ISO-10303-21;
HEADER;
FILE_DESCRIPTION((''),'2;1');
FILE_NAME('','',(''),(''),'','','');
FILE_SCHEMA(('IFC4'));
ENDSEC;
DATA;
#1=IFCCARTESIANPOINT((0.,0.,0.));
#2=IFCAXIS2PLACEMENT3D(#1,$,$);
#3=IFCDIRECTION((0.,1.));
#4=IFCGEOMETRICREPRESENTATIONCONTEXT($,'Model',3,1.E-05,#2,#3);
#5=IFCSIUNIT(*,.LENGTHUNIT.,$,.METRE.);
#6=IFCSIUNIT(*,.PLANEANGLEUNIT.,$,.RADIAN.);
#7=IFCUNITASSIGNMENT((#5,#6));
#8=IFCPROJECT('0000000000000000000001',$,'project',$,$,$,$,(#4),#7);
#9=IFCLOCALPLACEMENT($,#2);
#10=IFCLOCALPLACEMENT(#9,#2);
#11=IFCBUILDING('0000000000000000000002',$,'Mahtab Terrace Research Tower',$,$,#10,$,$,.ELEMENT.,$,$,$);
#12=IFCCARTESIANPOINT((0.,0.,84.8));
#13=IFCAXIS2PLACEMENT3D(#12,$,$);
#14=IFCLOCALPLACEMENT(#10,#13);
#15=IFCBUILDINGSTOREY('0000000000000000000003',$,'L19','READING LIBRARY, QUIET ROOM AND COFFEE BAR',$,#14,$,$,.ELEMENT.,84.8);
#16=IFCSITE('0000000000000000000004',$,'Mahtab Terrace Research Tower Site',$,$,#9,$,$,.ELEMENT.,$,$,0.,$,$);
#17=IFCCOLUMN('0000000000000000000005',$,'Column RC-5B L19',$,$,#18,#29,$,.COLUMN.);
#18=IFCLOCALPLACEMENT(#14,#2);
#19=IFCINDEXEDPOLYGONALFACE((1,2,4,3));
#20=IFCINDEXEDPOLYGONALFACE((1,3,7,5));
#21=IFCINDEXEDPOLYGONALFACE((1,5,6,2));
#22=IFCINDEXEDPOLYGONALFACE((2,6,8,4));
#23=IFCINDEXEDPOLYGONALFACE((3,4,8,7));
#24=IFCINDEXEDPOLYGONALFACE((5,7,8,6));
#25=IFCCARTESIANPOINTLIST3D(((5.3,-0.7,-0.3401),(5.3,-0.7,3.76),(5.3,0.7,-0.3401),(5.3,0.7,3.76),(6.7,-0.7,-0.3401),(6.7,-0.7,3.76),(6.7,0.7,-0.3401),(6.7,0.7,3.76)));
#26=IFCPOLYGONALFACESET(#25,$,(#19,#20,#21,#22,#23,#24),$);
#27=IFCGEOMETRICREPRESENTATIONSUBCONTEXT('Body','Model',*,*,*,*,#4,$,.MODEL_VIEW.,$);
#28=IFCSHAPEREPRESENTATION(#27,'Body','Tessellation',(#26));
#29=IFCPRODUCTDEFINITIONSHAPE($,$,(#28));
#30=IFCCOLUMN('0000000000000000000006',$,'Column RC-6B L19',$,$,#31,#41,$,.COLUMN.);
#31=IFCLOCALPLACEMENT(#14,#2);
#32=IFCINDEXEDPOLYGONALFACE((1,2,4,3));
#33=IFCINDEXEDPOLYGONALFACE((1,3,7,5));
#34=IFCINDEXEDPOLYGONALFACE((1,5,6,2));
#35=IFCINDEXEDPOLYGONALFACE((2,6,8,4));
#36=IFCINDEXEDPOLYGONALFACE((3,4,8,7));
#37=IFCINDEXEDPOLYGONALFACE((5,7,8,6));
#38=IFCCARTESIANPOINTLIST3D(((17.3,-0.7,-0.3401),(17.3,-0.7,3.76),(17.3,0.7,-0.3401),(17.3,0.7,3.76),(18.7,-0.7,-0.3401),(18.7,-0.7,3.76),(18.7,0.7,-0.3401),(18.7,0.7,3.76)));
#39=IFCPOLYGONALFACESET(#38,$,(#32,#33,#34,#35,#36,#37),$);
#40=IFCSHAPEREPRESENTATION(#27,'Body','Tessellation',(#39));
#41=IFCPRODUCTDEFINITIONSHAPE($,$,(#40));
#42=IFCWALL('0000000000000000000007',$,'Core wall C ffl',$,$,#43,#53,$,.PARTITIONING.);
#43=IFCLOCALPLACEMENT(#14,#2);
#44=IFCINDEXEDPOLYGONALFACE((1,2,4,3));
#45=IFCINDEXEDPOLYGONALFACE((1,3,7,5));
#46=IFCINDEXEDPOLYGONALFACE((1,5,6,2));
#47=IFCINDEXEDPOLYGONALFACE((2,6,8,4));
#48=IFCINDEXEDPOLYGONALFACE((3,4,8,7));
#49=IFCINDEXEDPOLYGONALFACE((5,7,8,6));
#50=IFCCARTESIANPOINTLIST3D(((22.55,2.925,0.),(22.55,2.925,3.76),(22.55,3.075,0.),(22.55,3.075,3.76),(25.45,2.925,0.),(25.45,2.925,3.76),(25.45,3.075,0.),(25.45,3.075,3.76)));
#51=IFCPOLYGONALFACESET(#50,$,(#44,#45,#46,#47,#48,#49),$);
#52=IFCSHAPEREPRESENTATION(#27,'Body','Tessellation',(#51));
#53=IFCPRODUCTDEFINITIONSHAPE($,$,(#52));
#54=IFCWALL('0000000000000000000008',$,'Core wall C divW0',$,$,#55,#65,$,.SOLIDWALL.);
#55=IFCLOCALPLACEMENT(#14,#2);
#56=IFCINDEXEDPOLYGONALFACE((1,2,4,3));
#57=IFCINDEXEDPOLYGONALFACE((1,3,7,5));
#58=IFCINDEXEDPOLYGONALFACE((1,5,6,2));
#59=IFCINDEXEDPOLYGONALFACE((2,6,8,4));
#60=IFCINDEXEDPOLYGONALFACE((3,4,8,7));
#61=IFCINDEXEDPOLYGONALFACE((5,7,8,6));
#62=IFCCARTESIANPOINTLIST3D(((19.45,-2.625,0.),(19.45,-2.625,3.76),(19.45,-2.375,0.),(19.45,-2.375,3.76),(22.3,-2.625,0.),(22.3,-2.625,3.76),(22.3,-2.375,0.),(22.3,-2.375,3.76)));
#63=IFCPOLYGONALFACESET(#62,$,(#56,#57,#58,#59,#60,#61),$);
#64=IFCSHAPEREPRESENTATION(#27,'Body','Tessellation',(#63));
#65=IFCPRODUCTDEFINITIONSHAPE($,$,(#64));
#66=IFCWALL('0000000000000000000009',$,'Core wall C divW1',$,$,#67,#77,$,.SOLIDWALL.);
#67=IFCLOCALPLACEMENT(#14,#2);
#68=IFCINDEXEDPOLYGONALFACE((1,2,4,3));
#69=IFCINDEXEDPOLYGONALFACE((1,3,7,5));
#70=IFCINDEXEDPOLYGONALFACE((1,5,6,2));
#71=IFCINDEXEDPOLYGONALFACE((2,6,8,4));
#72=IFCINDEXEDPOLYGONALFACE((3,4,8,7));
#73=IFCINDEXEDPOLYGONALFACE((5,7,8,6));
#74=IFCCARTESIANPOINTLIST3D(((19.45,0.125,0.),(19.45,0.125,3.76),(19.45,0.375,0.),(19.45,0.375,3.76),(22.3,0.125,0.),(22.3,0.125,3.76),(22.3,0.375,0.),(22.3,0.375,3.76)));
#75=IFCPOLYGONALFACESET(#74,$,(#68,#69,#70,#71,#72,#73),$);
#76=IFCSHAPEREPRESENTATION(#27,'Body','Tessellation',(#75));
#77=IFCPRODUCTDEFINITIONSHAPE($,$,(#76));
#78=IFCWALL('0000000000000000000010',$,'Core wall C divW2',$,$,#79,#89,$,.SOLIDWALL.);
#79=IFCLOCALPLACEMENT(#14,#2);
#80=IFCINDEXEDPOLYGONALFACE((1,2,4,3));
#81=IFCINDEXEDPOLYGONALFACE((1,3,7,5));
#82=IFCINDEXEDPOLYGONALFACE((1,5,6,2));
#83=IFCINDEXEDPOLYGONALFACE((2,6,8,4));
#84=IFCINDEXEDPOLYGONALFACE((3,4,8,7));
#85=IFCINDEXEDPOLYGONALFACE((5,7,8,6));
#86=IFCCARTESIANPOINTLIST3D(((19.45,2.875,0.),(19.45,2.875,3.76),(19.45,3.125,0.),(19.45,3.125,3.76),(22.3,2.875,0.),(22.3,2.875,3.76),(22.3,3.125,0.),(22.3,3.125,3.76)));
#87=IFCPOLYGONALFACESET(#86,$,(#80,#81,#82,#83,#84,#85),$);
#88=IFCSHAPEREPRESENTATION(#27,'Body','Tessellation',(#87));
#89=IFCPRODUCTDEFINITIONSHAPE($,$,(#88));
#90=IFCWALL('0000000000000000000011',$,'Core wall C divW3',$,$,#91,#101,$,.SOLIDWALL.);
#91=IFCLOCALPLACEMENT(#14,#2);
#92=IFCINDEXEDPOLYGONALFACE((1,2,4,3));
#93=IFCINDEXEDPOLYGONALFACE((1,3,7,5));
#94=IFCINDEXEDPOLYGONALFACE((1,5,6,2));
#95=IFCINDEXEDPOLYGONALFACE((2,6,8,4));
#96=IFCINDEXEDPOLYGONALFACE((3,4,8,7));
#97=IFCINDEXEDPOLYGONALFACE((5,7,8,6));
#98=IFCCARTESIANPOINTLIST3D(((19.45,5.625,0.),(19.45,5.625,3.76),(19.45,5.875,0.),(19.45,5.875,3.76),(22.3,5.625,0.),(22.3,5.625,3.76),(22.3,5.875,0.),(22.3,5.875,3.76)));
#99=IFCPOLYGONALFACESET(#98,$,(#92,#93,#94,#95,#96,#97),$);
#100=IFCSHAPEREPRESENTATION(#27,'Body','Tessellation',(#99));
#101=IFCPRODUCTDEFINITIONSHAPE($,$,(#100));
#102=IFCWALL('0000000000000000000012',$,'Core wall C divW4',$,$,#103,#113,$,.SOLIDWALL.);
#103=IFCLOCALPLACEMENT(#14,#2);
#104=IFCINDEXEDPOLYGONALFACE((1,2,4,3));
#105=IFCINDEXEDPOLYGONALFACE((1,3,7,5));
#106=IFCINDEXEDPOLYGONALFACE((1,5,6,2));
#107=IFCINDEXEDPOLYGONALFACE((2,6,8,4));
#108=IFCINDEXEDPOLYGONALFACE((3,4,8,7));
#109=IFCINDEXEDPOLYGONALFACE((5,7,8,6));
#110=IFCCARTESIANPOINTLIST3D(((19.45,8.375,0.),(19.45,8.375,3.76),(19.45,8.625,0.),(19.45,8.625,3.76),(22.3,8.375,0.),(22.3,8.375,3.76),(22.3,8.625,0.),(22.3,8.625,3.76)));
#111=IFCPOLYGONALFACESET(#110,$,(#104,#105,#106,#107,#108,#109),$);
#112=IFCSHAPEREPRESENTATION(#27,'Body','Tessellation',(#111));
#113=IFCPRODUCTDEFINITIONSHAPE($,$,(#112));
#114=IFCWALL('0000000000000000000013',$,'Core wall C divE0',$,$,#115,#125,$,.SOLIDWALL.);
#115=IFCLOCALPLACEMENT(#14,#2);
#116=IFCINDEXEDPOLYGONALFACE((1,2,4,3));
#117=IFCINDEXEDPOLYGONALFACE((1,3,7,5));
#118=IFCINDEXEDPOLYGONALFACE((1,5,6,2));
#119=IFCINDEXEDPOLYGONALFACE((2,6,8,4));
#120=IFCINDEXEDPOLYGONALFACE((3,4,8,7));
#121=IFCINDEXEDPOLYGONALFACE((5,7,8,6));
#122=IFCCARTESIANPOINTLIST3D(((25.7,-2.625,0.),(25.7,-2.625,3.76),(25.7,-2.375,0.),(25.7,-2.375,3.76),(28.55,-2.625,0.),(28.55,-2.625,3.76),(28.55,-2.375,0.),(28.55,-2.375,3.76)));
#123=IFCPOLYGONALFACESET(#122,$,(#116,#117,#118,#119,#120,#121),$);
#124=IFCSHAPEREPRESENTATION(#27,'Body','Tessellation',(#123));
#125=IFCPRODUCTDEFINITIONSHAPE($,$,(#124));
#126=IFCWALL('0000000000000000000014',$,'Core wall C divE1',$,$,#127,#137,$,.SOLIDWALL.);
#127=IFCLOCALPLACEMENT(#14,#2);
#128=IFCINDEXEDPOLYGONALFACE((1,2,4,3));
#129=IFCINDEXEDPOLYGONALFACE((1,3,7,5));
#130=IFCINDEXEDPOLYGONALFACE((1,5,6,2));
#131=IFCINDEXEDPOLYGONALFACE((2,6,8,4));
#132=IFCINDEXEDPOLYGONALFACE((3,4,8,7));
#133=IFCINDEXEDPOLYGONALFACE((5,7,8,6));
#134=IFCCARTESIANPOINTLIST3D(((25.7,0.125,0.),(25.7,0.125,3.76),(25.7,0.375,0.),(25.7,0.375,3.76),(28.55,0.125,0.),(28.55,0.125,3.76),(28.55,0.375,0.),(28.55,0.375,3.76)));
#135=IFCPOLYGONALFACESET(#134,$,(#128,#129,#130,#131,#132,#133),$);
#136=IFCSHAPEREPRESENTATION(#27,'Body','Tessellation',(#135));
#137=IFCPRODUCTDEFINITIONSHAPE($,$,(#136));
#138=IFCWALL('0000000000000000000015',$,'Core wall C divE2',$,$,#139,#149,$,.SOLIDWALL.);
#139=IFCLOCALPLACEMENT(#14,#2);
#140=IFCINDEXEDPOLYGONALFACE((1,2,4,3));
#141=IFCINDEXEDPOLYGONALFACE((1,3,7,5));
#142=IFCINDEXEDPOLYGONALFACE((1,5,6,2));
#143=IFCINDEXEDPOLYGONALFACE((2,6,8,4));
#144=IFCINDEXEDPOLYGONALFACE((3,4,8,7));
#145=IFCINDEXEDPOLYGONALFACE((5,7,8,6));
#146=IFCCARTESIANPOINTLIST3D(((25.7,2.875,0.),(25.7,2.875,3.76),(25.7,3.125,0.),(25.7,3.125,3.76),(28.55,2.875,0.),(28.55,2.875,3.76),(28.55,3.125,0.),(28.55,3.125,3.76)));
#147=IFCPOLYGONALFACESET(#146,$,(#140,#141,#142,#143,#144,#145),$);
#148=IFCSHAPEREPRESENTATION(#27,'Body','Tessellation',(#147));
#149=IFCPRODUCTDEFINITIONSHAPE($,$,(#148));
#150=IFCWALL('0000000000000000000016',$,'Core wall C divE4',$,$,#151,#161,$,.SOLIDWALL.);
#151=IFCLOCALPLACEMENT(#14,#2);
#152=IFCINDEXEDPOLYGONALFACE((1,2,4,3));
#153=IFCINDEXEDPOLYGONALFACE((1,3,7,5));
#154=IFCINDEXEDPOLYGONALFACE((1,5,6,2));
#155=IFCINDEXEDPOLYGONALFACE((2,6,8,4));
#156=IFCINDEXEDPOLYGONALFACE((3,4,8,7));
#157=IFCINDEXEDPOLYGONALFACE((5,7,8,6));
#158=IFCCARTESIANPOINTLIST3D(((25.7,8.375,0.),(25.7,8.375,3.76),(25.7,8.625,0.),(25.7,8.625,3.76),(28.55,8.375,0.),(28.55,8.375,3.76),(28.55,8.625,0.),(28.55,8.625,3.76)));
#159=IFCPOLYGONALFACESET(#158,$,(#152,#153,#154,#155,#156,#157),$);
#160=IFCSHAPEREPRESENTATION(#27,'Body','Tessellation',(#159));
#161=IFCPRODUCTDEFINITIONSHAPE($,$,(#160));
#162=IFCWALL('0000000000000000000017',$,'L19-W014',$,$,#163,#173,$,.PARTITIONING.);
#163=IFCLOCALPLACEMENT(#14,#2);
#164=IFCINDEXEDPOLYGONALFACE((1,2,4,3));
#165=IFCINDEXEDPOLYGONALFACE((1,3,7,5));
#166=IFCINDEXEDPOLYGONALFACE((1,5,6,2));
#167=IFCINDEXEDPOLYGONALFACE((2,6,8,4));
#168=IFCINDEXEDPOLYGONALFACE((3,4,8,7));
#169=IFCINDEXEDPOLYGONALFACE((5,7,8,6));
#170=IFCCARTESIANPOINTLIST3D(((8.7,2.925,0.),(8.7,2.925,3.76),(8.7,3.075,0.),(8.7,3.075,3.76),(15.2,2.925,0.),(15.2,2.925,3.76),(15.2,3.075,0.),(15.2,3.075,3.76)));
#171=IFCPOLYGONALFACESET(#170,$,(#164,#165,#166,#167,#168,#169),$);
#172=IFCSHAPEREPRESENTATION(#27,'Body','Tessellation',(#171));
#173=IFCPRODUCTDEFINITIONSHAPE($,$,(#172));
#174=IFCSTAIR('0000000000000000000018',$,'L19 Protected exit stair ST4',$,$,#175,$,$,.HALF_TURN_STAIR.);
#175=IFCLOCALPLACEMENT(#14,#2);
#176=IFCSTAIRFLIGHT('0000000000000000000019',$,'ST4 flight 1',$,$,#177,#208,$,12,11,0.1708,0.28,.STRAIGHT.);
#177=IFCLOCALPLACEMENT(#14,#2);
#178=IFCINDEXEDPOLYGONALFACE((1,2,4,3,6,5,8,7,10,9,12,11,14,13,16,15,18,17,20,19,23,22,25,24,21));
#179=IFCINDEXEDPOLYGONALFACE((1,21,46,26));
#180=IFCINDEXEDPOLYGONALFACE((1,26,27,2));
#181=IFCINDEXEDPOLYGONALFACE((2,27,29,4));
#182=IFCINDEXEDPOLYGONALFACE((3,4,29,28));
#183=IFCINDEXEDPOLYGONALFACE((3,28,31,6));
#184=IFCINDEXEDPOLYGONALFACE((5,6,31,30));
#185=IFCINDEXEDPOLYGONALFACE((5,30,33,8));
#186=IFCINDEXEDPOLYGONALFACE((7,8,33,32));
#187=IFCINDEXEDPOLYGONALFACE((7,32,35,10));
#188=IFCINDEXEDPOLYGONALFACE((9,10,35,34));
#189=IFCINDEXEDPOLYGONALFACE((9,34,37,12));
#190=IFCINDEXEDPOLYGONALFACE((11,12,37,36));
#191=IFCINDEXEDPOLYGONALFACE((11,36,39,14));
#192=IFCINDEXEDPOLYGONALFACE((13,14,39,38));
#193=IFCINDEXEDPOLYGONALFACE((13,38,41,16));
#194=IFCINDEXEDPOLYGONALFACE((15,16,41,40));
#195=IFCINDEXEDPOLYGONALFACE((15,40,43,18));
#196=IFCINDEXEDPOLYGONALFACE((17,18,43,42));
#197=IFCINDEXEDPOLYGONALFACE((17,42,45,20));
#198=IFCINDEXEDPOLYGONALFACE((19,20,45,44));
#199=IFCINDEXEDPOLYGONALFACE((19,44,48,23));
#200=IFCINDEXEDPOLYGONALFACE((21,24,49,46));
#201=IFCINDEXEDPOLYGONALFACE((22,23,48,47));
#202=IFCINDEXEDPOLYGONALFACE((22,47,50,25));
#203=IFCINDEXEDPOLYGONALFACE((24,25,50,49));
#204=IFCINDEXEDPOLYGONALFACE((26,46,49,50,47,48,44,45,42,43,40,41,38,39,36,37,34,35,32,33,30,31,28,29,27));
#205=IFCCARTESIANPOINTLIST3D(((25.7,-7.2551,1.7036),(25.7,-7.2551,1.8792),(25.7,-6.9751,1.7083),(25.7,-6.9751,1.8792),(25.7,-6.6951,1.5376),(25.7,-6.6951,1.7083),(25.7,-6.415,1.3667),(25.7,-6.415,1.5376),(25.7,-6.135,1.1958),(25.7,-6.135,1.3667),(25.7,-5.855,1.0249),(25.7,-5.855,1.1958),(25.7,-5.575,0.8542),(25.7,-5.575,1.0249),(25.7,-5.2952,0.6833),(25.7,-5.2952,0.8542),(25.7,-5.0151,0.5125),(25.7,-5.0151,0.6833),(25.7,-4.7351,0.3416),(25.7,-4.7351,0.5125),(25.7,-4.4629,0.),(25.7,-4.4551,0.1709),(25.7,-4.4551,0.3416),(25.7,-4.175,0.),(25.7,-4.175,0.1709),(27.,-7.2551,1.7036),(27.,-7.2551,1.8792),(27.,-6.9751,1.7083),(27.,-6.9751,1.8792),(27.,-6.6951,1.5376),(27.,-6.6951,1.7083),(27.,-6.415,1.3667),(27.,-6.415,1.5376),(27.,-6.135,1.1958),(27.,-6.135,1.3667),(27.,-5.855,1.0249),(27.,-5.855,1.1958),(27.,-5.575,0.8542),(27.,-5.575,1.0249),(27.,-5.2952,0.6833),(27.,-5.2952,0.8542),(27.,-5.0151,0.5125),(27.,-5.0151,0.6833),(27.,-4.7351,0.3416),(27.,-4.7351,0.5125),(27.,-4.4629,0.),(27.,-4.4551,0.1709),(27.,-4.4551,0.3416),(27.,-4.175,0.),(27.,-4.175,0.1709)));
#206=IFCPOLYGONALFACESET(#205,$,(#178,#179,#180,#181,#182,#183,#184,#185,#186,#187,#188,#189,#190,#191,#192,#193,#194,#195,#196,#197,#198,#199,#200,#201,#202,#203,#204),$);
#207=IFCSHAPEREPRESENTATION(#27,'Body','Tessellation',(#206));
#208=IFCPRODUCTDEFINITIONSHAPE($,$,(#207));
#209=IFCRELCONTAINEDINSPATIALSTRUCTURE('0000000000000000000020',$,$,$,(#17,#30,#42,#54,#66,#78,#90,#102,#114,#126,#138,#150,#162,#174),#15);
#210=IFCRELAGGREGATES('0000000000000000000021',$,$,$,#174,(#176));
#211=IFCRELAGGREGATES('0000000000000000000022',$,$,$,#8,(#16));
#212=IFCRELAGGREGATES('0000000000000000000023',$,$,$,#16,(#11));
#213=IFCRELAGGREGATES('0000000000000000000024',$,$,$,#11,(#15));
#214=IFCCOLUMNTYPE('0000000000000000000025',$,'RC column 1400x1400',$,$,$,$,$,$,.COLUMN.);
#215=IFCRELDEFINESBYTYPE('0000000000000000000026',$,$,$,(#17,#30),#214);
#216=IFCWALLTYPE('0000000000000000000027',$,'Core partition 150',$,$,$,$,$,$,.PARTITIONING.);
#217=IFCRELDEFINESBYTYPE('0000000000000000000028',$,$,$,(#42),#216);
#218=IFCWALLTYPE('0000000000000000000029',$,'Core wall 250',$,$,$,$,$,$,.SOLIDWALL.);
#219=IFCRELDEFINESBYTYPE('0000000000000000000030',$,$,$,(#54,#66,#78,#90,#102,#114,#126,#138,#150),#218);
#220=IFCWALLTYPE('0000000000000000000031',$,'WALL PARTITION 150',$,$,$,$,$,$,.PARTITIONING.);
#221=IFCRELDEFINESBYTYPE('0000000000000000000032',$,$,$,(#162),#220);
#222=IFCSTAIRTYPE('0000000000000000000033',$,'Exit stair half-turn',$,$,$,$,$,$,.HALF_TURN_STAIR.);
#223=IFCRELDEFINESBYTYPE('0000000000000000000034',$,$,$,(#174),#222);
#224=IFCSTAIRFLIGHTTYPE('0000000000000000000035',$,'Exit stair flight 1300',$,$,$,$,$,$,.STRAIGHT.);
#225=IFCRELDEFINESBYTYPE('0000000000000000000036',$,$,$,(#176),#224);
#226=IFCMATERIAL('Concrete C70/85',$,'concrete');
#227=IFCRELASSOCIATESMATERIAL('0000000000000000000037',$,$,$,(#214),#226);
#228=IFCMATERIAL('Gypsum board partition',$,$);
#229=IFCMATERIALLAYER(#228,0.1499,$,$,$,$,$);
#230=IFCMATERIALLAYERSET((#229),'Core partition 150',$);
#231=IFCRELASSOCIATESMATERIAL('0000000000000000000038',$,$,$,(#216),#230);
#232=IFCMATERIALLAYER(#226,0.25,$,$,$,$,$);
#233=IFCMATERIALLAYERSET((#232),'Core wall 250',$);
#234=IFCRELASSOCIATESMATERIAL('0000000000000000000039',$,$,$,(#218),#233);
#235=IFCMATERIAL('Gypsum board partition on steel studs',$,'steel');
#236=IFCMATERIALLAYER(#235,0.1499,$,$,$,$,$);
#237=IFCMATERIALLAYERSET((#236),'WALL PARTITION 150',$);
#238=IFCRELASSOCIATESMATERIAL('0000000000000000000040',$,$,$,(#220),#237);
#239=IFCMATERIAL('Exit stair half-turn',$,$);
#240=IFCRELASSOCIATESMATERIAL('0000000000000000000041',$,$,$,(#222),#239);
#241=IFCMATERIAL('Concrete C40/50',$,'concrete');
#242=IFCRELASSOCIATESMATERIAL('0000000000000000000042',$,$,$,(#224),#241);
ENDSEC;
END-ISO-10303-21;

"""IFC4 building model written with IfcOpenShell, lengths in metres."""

from ifc_helpers import new_model, si_unit, direction, frame, frame_2d, origin, origin_2d, place, context, subcontext, project, spatial, polyline, rectangle, outline, extrude, material, layer, layer_set, material_profile, profile_set, type_object, element, aggregate, save


model = new_model("IFC4")

# Units and contexts
model_context = context("Model", 3, precision=1e-05, world=origin(), true_north=direction((0.0, 1.0)))
body_context = subcontext(model_context, "Body", "Model", "MODEL_VIEW")
ifc_project = project(units=[si_unit("LENGTHUNIT", "METRE"), si_unit("PLANEANGLEUNIT", "RADIAN")], contexts=[model_context])

# Site, building, storey
site_placement = place(None, origin())
site = spatial("IfcSite", under=ifc_project, at=site_placement, Name="Mahtab Terrace Research Tower Site", CompositionType="ELEMENT", RefElevation=0.0)
building_placement = place(site_placement, origin())
building = spatial("IfcBuilding", under=site, at=building_placement, Name="Mahtab Terrace Research Tower", CompositionType="ELEMENT")
storey_placement = place(building_placement, frame((0.0, 0.0, 84.8)))
storey = spatial("IfcBuildingStorey", under=building, at=storey_placement, Name="L19", Description="READING LIBRARY, QUIET ROOM AND COFFEE BAR", CompositionType="ELEMENT", Elevation=84.8)

# Columns
ifc_material_1 = material(Name="Concrete C70/85", Category="concrete")
ifc_material_profile = material_profile(ifc_material_1, rectangle(XDim=1.3999, YDim=1.3999, at=origin_2d()), Name="RC column 1400x1400")
ifc_profile_set = profile_set([ifc_material_profile], Name="Concrete C70/85")
column_type = type_object("IfcColumnType", Name="RC column 1400x1400", PredefinedType="COLUMN", material=ifc_profile_set)
for number, where, z_axis, x_axis, name in (
    (1, (6.0, 0.0, -0.3401), (0.0, 0.0, 1.0), (1.0, 0.0, 0.0), "Column RC-5B L19"),
    (2, (18.0, 0.0, -0.3401), (0.0, 0.0, 1.0), (1.0, 0.0, 0.0), "Column RC-6B L19"),
):
    element("IfcColumn", number, at=place(storey_placement, frame(where, z_axis=z_axis, x_axis=x_axis)), inside=storey, type_object=column_type, Name=name, PredefinedType="COLUMN", context=body_context, shape_type="SweptSolid", body=[
        extrude(rectangle(XDim=1.3999, YDim=1.3999, at=origin_2d()), origin(), (0.0, 0.0, 1.0), 4.1001),
    ])

# Walls
ifc_material_2 = material(Name="Gypsum board partition")
ifc_layer_1 = layer(ifc_material_2, 0.1499)
ifc_layer_set_1 = layer_set([ifc_layer_1], Name="Core partition 150")
wall_type_1 = type_object("IfcWallType", Name="Core partition 150", PredefinedType="PARTITIONING", material=ifc_layer_set_1)
wall_1_placement = place(storey_placement, frame((22.55, 3.0, 0.0), z_axis=(0.0, 0.0, 1.0), x_axis=(1.0, 0.0, 0.0)))
element("IfcWall", 3, at=wall_1_placement, inside=storey, type_object=wall_type_1, Name="Core wall C ffl", PredefinedType="PARTITIONING", context=body_context, shape_type="SweptSolid", body=[
    extrude(rectangle(XDim=2.8999, YDim=0.1499, at=frame_2d((1.45, 0.0))), origin(), (0.0, 0.0, 1.0), 3.76),
])
ifc_layer_2 = layer(ifc_material_1, 0.25)
ifc_layer_set_2 = layer_set([ifc_layer_2], Name="Core wall 250")
wall_type_2 = type_object("IfcWallType", Name="Core wall 250", PredefinedType="SOLIDWALL", material=ifc_layer_set_2)
for number, where, z_axis, x_axis, name in (
    (4, (19.45, -2.5, 0.0), (0.0, 0.0, 1.0), (1.0, 0.0, 0.0), "Core wall C divW0"),
    (5, (19.45, 0.25, 0.0), (0.0, 0.0, 1.0), (1.0, 0.0, 0.0), "Core wall C divW1"),
    (6, (19.45, 3.0, 0.0), (0.0, 0.0, 1.0), (1.0, 0.0, 0.0), "Core wall C divW2"),
    (7, (19.45, 5.75, 0.0), (0.0, 0.0, 1.0), (1.0, 0.0, 0.0), "Core wall C divW3"),
    (8, (19.45, 8.5, 0.0), (0.0, 0.0, 1.0), (1.0, 0.0, 0.0), "Core wall C divW4"),
    (9, (25.7, -2.5, 0.0), (0.0, 0.0, 1.0), (1.0, 0.0, 0.0), "Core wall C divE0"),
    (10, (25.7, 0.25, 0.0), (0.0, 0.0, 1.0), (1.0, 0.0, 0.0), "Core wall C divE1"),
    (11, (25.7, 3.0, 0.0), (0.0, 0.0, 1.0), (1.0, 0.0, 0.0), "Core wall C divE2"),
    (12, (25.7, 8.5, 0.0), (0.0, 0.0, 1.0), (1.0, 0.0, 0.0), "Core wall C divE4"),
):
    element("IfcWall", number, at=place(storey_placement, frame(where, z_axis=z_axis, x_axis=x_axis)), inside=storey, type_object=wall_type_2, Name=name, PredefinedType="SOLIDWALL", context=body_context, shape_type="SweptSolid", body=[
        extrude(rectangle(XDim=2.8501, YDim=0.25, at=frame_2d((1.425, 0.0))), origin(), (0.0, 0.0, 1.0), 3.76),
    ])
ifc_material_3 = material(Name="Gypsum board partition on steel studs", Category="steel")
ifc_layer_3 = layer(ifc_material_3, 0.1499)
ifc_layer_set_3 = layer_set([ifc_layer_3], Name="WALL PARTITION 150")
wall_type_3 = type_object("IfcWallType", Name="WALL PARTITION 150", PredefinedType="PARTITIONING", material=ifc_layer_set_3)
wall_2_placement = place(storey_placement, frame((8.7, 3.0, 0.0), z_axis=(0.0, 0.0, 1.0), x_axis=(1.0, 0.0, 0.0)))
element("IfcWall", 13, at=wall_2_placement, inside=storey, type_object=wall_type_3, Name="L19-W014", PredefinedType="PARTITIONING", context=body_context, shape_type="SweptSolid", body=[
    extrude(rectangle(XDim=6.5, YDim=0.1499, at=frame_2d((3.25, 0.0))), origin(), (0.0, 0.0, 1.0), 3.76),
])

# Stair, stair flight
ifc_material_4 = material(Name="Exit stair half-turn")
stair_type = type_object("IfcStairType", Name="Exit stair half-turn", PredefinedType="HALF_TURN_STAIR", material=ifc_material_4)
stair_placement = place(storey_placement, origin())
stair = element("IfcStair", 14, at=stair_placement, inside=storey, type_object=stair_type, Name="L19 Protected exit stair ST4", PredefinedType="HALF_TURN_STAIR")
ifc_material_5 = material(Name="Concrete C40/50", Category="concrete")
stair_flight_type = type_object("IfcStairFlightType", Name="Exit stair flight 1300", PredefinedType="STRAIGHT", material=ifc_material_5)
stair_flight_placement = place(storey_placement, frame((26.3501, -4.175, 0.0), z_axis=(0.0, 0.0, 1.0), x_axis=(0.0, -1.0, 0.0)))
stair_flight = element("IfcStairFlight", 15, at=stair_flight_placement, type_object=stair_flight_type, Name="ST4 flight 1", NumberOfRisers=12, NumberOfTreads=11, PredefinedType="STRAIGHT", RiserHeight=0.1708, TreadLength=0.28, context=body_context, shape_type="SweptSolid", body=[
    extrude(outline(polyline([(0.0, 0.0), (0.0, 0.1709), (0.28, 0.1709), (0.28, 0.3416), (0.5601, 0.3416), (0.5601, 0.5125), (0.8401, 0.5125), (0.8401, 0.6833), (1.1201, 0.6833), (1.1201, 0.8542), (1.3999, 0.8542), (1.3999, 1.0249), (1.6799, 1.0249), (1.6799, 1.1958), (1.96, 1.1958), (1.96, 1.3667), (2.24, 1.3667), (2.24, 1.5376), (2.52, 1.5376), (2.52, 1.7083), (2.8, 1.7083), (2.8, 1.8792), (3.0801, 1.8792), (3.0801, 2.05), (3.0801, 1.7036), (0.2878, 0.0), (0.0, 0.0)])), frame((0.0, 0.6499, 0.0), z_axis=(0.0, -1.0, 0.0), x_axis=(1.0, 0.0, 0.0)), (0.0, 0.0, 1.0), 1.3),
])
aggregate(stair, [stair_flight])

save(model, "model.ifc")
